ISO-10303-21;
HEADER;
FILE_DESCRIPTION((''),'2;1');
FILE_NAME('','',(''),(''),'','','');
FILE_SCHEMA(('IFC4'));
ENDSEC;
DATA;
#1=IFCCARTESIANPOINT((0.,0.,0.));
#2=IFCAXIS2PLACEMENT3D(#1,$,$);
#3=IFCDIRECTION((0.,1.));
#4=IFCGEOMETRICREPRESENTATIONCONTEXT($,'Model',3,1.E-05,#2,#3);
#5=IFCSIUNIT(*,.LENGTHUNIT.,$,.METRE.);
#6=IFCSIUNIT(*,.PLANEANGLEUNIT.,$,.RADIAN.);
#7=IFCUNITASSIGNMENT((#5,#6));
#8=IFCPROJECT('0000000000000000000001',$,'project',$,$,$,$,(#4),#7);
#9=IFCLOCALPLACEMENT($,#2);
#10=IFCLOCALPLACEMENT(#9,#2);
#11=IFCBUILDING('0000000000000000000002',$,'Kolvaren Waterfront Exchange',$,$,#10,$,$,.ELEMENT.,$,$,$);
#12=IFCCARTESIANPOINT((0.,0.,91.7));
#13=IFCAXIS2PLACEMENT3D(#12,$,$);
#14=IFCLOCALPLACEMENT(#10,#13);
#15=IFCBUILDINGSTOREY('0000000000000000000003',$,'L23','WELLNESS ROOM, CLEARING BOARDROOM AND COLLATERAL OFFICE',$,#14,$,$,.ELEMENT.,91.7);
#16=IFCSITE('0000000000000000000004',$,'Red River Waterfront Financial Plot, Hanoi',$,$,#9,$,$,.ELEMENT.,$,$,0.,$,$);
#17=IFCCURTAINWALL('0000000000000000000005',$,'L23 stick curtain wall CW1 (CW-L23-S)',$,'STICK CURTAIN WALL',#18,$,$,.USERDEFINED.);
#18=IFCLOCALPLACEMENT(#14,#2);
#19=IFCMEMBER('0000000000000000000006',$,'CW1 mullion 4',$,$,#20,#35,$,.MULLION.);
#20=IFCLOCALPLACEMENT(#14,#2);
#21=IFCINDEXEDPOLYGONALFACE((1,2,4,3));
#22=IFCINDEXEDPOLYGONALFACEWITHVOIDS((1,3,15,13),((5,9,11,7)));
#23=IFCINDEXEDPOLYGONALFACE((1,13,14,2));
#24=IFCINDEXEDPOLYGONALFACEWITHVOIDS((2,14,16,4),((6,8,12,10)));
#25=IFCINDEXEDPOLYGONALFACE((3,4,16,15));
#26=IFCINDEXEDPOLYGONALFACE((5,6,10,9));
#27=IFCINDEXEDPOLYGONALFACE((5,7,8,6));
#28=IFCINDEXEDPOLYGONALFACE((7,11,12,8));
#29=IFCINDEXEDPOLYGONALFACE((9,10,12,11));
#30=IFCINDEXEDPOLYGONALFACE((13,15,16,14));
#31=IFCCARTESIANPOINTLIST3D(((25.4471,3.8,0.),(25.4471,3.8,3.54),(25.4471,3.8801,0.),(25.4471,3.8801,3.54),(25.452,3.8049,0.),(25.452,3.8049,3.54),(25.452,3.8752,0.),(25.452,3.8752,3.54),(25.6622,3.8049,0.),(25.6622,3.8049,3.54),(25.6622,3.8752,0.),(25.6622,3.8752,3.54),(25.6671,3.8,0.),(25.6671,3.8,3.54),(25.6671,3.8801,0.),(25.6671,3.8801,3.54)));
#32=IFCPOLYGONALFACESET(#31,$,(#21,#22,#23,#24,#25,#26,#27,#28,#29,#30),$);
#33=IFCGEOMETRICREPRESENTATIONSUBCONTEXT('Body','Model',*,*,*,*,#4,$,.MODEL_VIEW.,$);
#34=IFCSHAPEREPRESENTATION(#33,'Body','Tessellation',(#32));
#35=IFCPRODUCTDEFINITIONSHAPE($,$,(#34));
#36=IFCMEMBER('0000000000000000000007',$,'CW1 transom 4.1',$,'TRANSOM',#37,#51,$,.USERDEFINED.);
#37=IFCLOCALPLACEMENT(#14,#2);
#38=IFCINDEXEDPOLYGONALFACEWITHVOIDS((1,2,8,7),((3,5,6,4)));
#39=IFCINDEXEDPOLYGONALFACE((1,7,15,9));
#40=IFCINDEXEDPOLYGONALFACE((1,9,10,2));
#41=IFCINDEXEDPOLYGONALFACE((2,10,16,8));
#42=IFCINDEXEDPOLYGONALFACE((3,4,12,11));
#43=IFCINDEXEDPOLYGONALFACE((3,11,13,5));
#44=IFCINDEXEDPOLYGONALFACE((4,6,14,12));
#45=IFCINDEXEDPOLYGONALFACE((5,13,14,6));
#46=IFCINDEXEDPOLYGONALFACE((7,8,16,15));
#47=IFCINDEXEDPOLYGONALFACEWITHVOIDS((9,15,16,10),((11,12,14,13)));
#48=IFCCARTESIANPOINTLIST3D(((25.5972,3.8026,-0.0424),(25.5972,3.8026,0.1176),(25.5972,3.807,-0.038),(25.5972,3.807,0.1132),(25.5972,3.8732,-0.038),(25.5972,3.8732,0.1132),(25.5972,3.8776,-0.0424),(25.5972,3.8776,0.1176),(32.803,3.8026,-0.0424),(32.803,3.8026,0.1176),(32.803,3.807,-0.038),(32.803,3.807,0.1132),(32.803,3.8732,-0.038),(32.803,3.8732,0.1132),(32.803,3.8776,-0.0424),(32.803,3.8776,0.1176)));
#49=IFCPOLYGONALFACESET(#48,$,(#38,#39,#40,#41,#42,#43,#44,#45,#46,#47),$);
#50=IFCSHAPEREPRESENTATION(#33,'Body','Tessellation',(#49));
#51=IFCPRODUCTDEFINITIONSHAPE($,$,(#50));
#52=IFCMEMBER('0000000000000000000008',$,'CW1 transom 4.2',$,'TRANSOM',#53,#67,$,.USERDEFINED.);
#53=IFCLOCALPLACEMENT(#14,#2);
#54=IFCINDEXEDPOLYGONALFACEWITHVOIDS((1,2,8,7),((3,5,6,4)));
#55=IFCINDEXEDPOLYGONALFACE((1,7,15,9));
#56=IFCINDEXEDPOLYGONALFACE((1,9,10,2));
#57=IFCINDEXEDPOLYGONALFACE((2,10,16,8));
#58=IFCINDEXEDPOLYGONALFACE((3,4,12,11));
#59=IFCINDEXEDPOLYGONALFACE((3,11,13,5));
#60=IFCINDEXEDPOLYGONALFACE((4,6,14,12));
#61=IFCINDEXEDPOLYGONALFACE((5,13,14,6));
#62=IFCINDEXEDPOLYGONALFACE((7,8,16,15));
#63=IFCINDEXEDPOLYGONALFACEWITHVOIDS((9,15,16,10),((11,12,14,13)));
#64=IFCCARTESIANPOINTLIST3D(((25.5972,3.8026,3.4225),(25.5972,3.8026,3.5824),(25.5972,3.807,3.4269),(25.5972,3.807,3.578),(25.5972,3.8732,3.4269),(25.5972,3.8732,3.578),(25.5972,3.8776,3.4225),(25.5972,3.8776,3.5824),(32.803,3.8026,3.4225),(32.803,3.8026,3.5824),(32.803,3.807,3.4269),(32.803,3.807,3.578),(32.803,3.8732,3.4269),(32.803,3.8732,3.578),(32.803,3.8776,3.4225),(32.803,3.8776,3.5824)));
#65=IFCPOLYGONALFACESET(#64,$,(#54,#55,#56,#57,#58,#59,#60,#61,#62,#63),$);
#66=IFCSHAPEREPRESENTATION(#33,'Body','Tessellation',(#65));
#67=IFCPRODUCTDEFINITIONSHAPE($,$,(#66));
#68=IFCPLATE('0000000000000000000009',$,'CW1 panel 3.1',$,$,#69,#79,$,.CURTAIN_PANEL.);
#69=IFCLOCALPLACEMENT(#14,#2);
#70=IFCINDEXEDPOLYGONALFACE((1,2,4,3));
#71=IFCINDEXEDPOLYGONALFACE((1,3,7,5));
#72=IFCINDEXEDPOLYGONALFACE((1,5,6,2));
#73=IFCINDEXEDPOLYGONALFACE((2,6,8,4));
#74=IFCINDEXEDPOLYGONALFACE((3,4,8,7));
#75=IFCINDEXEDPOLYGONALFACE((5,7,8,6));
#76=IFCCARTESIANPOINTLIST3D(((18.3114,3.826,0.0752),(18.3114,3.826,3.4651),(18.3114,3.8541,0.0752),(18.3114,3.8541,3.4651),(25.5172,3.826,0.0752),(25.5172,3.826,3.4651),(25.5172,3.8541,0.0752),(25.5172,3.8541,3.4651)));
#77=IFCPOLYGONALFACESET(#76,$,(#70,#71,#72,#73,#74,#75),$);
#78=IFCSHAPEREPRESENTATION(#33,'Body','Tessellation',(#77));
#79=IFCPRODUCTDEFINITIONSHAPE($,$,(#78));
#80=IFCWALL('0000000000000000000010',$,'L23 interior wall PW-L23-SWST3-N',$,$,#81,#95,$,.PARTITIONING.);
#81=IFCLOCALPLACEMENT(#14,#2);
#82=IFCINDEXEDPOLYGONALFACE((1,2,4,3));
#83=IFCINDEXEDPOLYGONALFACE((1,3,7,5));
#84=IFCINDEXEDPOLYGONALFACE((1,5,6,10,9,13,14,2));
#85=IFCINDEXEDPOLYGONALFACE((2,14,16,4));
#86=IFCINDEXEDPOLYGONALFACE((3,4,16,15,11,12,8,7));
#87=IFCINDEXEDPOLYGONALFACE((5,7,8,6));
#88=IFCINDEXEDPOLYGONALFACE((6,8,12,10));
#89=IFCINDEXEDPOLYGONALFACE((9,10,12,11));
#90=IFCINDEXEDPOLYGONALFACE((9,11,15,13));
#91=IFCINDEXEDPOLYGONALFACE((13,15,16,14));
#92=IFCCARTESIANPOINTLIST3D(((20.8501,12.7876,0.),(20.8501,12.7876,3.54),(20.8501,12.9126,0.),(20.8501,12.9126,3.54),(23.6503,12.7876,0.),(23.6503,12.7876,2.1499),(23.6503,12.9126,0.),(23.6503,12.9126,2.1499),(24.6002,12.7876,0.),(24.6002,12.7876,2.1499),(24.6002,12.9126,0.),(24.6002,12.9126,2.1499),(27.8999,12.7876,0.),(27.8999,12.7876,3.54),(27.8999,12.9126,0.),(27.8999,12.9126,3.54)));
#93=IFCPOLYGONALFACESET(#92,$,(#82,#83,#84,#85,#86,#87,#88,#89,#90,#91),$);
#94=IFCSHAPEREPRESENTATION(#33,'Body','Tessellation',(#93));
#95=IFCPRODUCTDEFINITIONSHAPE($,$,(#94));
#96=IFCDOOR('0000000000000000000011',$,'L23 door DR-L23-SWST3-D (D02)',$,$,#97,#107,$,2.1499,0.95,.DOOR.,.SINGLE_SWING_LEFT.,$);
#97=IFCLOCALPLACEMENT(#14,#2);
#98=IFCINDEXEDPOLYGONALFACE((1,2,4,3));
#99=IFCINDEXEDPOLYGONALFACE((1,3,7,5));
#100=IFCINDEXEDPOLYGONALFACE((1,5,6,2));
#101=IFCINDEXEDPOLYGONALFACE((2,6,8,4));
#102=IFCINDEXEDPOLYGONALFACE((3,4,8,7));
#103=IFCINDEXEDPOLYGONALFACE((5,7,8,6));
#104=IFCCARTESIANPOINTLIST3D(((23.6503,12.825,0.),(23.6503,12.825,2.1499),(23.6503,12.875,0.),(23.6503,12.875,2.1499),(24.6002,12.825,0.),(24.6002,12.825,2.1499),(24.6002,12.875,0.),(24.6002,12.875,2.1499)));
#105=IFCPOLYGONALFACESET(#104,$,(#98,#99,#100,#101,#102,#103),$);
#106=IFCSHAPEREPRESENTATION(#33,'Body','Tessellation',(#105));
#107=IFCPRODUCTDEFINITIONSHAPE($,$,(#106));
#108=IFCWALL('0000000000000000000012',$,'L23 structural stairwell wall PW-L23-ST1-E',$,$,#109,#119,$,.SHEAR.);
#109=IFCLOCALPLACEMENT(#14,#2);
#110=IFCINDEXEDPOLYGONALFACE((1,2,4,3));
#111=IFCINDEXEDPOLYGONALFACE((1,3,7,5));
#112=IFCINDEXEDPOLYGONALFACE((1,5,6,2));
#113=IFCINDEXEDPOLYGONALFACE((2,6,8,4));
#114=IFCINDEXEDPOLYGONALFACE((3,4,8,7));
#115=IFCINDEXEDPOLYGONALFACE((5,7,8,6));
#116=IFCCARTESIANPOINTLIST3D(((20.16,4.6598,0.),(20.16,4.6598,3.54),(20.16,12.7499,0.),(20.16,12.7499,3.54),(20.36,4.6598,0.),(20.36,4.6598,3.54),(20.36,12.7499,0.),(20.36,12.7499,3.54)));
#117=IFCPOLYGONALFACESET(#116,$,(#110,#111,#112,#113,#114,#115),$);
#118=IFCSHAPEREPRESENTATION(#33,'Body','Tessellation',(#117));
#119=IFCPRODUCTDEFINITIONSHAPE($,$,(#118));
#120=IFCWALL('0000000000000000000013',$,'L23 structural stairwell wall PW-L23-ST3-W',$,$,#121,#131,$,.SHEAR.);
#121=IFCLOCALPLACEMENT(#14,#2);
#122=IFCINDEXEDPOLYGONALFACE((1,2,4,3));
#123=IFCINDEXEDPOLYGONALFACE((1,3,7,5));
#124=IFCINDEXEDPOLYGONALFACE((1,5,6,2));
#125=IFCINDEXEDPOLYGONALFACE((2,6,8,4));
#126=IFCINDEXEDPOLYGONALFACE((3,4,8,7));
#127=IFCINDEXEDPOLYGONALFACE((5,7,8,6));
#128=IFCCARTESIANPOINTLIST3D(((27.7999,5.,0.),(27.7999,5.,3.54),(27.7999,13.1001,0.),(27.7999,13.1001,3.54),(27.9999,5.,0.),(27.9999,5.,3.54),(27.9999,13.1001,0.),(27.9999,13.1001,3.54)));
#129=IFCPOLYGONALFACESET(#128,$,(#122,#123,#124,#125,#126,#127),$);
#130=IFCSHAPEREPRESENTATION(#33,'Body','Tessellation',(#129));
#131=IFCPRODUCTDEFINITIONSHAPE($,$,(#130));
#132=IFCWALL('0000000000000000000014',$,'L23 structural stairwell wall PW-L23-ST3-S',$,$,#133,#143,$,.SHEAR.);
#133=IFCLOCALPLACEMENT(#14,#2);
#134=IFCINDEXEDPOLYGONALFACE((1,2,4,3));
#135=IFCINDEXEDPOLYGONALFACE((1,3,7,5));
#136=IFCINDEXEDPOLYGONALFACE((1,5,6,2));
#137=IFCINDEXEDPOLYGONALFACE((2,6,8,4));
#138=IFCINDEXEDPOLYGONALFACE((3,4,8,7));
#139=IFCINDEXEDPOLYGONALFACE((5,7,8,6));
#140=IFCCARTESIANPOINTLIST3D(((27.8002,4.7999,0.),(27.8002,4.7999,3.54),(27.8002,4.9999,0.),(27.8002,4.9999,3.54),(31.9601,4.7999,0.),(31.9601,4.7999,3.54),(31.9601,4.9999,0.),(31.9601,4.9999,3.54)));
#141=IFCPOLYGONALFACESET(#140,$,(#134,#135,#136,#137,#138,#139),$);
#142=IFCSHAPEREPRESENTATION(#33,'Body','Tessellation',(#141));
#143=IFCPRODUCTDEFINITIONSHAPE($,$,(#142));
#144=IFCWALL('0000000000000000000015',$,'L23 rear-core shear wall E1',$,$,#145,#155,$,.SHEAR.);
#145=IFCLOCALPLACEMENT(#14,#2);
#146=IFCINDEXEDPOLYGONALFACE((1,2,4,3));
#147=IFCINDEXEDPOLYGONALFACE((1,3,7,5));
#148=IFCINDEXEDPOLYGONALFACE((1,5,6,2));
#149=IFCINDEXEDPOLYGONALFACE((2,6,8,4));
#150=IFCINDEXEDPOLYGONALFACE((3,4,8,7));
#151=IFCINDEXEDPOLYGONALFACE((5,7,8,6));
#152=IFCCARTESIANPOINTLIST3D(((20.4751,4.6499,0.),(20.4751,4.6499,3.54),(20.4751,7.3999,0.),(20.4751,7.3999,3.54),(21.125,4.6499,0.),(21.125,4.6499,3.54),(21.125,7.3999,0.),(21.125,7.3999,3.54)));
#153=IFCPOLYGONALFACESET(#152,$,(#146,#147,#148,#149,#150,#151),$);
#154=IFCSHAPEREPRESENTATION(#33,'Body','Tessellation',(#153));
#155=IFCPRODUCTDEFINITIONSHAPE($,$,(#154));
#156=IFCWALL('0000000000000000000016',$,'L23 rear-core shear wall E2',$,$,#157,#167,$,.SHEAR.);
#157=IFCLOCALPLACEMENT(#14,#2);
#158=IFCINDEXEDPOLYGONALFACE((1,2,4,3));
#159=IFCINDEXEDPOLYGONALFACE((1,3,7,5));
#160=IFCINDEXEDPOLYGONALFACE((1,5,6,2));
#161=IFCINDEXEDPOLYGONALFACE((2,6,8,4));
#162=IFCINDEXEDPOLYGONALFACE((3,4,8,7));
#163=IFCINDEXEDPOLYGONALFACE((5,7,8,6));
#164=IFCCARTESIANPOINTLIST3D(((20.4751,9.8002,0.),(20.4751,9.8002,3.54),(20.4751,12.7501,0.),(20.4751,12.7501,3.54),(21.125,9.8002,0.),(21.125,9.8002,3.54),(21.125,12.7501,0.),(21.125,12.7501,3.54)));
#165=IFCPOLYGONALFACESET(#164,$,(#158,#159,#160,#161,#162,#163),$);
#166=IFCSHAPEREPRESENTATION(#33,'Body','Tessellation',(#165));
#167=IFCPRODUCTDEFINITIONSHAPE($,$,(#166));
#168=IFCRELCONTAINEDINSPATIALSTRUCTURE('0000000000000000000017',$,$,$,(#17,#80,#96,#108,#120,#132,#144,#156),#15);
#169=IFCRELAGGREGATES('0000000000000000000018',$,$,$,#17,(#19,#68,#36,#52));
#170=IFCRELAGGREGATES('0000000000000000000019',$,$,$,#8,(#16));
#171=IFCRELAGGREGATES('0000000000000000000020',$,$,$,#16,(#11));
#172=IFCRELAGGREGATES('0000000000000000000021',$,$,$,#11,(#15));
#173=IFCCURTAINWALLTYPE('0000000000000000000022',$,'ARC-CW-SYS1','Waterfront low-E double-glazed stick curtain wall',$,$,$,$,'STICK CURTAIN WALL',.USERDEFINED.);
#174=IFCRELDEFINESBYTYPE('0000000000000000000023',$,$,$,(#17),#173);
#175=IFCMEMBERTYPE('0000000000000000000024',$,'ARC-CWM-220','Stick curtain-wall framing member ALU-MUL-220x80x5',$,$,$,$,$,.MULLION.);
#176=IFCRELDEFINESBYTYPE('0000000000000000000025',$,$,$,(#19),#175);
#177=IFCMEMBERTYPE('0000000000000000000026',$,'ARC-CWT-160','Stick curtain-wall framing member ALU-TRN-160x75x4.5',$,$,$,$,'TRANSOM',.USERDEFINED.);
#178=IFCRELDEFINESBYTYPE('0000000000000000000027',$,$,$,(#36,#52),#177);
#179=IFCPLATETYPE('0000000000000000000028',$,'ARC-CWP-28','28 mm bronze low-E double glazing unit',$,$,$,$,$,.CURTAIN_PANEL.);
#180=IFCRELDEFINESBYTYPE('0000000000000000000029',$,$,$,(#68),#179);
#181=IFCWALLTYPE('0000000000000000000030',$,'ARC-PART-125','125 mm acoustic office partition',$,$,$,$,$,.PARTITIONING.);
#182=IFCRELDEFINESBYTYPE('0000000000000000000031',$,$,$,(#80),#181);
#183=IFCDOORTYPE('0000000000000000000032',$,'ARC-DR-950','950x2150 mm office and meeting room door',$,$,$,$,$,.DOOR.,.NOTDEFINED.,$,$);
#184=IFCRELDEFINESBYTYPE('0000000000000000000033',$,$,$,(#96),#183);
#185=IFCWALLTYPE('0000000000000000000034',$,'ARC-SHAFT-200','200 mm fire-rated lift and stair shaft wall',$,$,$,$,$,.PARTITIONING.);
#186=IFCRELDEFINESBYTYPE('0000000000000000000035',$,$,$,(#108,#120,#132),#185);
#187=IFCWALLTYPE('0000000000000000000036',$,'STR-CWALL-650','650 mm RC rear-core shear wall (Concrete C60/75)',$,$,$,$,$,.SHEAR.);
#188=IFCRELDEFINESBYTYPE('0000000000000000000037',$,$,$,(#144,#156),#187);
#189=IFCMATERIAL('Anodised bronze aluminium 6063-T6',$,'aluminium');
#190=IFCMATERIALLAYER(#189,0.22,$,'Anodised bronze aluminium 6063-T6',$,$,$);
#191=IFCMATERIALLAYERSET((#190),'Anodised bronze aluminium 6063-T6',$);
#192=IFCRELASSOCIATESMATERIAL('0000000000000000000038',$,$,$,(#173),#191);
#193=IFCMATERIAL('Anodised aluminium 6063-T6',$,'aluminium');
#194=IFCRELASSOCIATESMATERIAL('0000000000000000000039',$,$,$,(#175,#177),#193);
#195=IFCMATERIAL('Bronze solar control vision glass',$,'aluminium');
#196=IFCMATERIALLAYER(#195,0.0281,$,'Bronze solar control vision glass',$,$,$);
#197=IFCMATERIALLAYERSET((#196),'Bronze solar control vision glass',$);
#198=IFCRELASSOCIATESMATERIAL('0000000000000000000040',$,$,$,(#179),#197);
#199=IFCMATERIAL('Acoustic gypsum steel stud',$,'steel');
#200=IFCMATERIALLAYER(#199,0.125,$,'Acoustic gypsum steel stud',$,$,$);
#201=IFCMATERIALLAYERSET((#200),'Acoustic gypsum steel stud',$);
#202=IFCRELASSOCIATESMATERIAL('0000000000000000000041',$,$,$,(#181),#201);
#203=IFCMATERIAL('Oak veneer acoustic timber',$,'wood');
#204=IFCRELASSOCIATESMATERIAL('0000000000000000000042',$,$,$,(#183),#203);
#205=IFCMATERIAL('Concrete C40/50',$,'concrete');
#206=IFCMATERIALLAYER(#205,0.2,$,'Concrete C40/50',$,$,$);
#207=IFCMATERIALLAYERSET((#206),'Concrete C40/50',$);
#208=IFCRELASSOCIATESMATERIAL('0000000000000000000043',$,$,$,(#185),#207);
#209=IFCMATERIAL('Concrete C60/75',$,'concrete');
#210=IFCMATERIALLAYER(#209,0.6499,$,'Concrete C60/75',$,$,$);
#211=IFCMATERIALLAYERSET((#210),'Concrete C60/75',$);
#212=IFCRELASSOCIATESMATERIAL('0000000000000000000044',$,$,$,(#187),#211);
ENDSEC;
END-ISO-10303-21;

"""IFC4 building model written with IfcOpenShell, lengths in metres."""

from ifc_helpers import new_model, si_unit, direction, frame, frame_2d, origin, origin_with_axes, origin_2d, place, context, subcontext, project, spatial, rectangle, hollow_rectangle, extrude, source, transform, mapped, material, layer, layer_set, material_profile, profile_set, type_object, element, fill, aggregate, save


model = new_model("IFC4")

# Units and contexts
model_context = context("Model", 3, precision=1e-05, world=origin(), true_north=direction((0.0, 1.0)))
body_context = subcontext(model_context, "Body", "Model", "MODEL_VIEW")
ifc_project = project(units=[si_unit("LENGTHUNIT", "METRE"), si_unit("PLANEANGLEUNIT", "RADIAN")], contexts=[model_context])

# Site, building, storey
site_placement = place(None, origin())
site = spatial("IfcSite", under=ifc_project, at=site_placement, Name="Red River Waterfront Financial Plot, Hanoi", CompositionType="ELEMENT", RefElevation=0.0)
building_placement = place(site_placement, origin())
building = spatial("IfcBuilding", under=site, at=building_placement, Name="Kolvaren Waterfront Exchange", CompositionType="ELEMENT")
storey_placement = place(building_placement, frame((0.0, 0.0, 91.7)))
storey = spatial("IfcBuildingStorey", under=building, at=storey_placement, Name="L23", Description="WELLNESS ROOM, CLEARING BOARDROOM AND COLLATERAL OFFICE", CompositionType="ELEMENT", Elevation=91.7)

# Shared definitions
ifc_material_1 = material(Name="Concrete C60/75", Category="concrete")

# Shared definitions
ifc_material_2 = material(Name="Anodised bronze aluminium 6063-T6", Category="aluminium")

# Curtain wall, members, plate
ifc_layer_1 = layer(ifc_material_2, 0.22, Name="Anodised bronze aluminium 6063-T6")
ifc_layer_set_1 = layer_set([ifc_layer_1], Name="Anodised bronze aluminium 6063-T6")
curtain_wall_type_1 = type_object("IfcCurtainWallType", Name="ARC-CW-SYS1", Description="Waterfront low-E double-glazed stick curtain wall", ElementType="STICK CURTAIN WALL", PredefinedType="USERDEFINED", material=ifc_layer_set_1)
curtain_wall_1_placement = place(storey_placement, origin())
curtain_wall_1 = element("IfcCurtainWall", 1, at=curtain_wall_1_placement, inside=storey, type_object=curtain_wall_type_1, Name="L23 stick curtain wall CW1 (CW-L23-S)", ObjectType="STICK CURTAIN WALL", PredefinedType="USERDEFINED")
ifc_material_3 = material(Name="Anodised aluminium 6063-T6", Category="aluminium")
ifc_material_profile_1 = material_profile(ifc_material_3, hollow_rectangle(XDim=0.0801, YDim=0.22, WallThickness=0.0049, at=origin_2d()), Name="ALU-MUL-220x80x5")
ifc_profile_set_1 = profile_set([ifc_material_profile_1], Name="Anodised aluminium 6063-T6")
member_type_1 = type_object("IfcMemberType", Name="ARC-CWM-220", Description="Stick curtain-wall framing member ALU-MUL-220x80x5", PredefinedType="MULLION", material=ifc_profile_set_1)
shared_shape_1 = source(origin_with_axes(), body_context, "Body", "SweptSolid", [
    extrude(hollow_rectangle(XDim=0.0801, YDim=0.22, WallThickness=0.0049, at=origin_2d()), origin(), (0.0, 0.0, 1.0), 3.54),
])
member_1_placement = place(storey_placement, frame((25.5571, 3.8401, 0.0), z_axis=(0.0, 0.0, 1.0), x_axis=(0.0, 1.0, 0.0)))
member_1 = element("IfcMember", 2, at=member_1_placement, type_object=member_type_1, Name="CW1 mullion 4", PredefinedType="MULLION", context=body_context, shape_type="MappedRepresentation", body=[
    mapped(shared_shape_1, transform((0.0, 0.0, 0.0), x_axis=(1.0, 0.0, 0.0), y_axis=(0.0, 1.0, 0.0), z_axis=(0.0, 0.0, 1.0), scale=1.0)),
])
ifc_material_profile_2 = material_profile(ifc_material_3, hollow_rectangle(XDim=0.075, YDim=0.1599, WallThickness=0.0044, at=origin_2d()), Name="ALU-TRN-160x75x4.5")
ifc_profile_set_2 = profile_set([ifc_material_profile_2], Name="Anodised aluminium 6063-T6")
member_type_2 = type_object("IfcMemberType", Name="ARC-CWT-160", Description="Stick curtain-wall framing member ALU-TRN-160x75x4.5", ElementType="TRANSOM", PredefinedType="USERDEFINED", material=ifc_profile_set_2)
shared_shape_2 = source(origin_with_axes(), body_context, "Body", "SweptSolid", [
    extrude(hollow_rectangle(XDim=0.075, YDim=0.1599, WallThickness=0.0044, at=origin_2d()), origin(), (0.0, 0.0, 1.0), 7.2058),
])
member_2_placement = place(storey_placement, frame((25.5972, 3.8401, 0.0376), z_axis=(1.0, 0.0, 0.0), x_axis=(0.0, 1.0, 0.0)))
member_2 = element("IfcMember", 3, at=member_2_placement, type_object=member_type_2, Name="CW1 transom 4.1", ObjectType="TRANSOM", PredefinedType="USERDEFINED", context=body_context, shape_type="MappedRepresentation", body=[
    mapped(shared_shape_2, transform((0.0, 0.0, 0.0), x_axis=(1.0, 0.0, 0.0), y_axis=(0.0, 1.0, 0.0), z_axis=(0.0, 0.0, 1.0), scale=1.0)),
])
member_3_placement = place(storey_placement, frame((25.5972, 3.8401, 3.5024), z_axis=(1.0, 0.0, 0.0), x_axis=(0.0, 1.0, 0.0)))
member_3 = element("IfcMember", 4, at=member_3_placement, type_object=member_type_2, Name="CW1 transom 4.2", ObjectType="TRANSOM", PredefinedType="USERDEFINED", context=body_context, shape_type="MappedRepresentation", body=[
    mapped(shared_shape_2, transform((0.0, 0.0, 0.0), x_axis=(1.0, 0.0, 0.0), y_axis=(0.0, 1.0, 0.0), z_axis=(0.0, 0.0, 1.0), scale=1.0)),
])
ifc_material_4 = material(Name="Bronze solar control vision glass", Category="aluminium")
ifc_layer_2 = layer(ifc_material_4, 0.0281, Name="Bronze solar control vision glass")
ifc_layer_set_2 = layer_set([ifc_layer_2], Name="Bronze solar control vision glass")
plate_type = type_object("IfcPlateType", Name="ARC-CWP-28", Description="28 mm bronze low-E double glazing unit", PredefinedType="CURTAIN_PANEL", material=ifc_layer_set_2)
shared_shape_3 = source(origin_with_axes(), body_context, "Body", "SweptSolid", [
    extrude(rectangle(XDim=7.2058, YDim=0.0281, at=origin_2d()), origin(), (0.0, 0.0, 1.0), 3.3899),
])
plate_placement = place(storey_placement, frame((21.9143, 3.8401, 0.0752), z_axis=(0.0, 0.0, 1.0), x_axis=(1.0, 0.0, 0.0)))
plate = element("IfcPlate", 5, at=plate_placement, type_object=plate_type, Name="CW1 panel 3.1", PredefinedType="CURTAIN_PANEL", context=body_context, shape_type="MappedRepresentation", body=[
    mapped(shared_shape_3, transform((0.0, 0.0, 0.0), x_axis=(1.0, 0.0, 0.0), y_axis=(0.0, 1.0, 0.0), z_axis=(0.0, 0.0, 1.0), scale=1.0)),
])
aggregate(curtain_wall_1, [member_1, plate, member_2, member_3])

# Wall, opening, door
ifc_material_5 = material(Name="Acoustic gypsum steel stud", Category="steel")
ifc_layer_3 = layer(ifc_material_5, 0.125, Name="Acoustic gypsum steel stud")
ifc_layer_set_3 = layer_set([ifc_layer_3], Name="Acoustic gypsum steel stud")
wall_type_1 = type_object("IfcWallType", Name="ARC-PART-125", Description="125 mm acoustic office partition", PredefinedType="PARTITIONING", material=ifc_layer_set_3)
wall_1_placement = place(storey_placement, frame((20.8501, 12.8501, 0.0), z_axis=(0.0, 0.0, 1.0), x_axis=(1.0, 0.0, 0.0)))
wall_1 = element("IfcWall", 6, at=wall_1_placement, inside=storey, type_object=wall_type_1, Name="L23 interior wall PW-L23-SWST3-N", PredefinedType="PARTITIONING", context=body_context, shape_type="SweptSolid", body=[
    extrude(rectangle(XDim=7.0498, YDim=0.125, at=frame_2d((3.5249, 0.0))), origin(), (0.0, 0.0, 1.0), 3.54),
])
opening_placement = place(wall_1_placement, frame((2.8, 0.0, 0.0)))
opening = element("IfcOpeningElement", 7, at=opening_placement, cuts=wall_1, PredefinedType="OPENING", context=body_context, shape_type="SweptSolid", body=[
    extrude(rectangle(XDim=0.95, YDim=2.1499, at=frame_2d((0.4751, 1.075))), frame((0.0, 0.0725, 0.0), z_axis=(0.0, -1.0, 0.0), x_axis=(1.0, 0.0, 0.0)), (0.0, 0.0, 1.0), 0.145),
])
ifc_material_6 = material(Name="Oak veneer acoustic timber", Category="wood")
door_type = type_object("IfcDoorType", Name="ARC-DR-950", Description="950x2150 mm office and meeting room door", OperationType="NOTDEFINED", PredefinedType="DOOR", material=ifc_material_6)
door_placement = place(opening_placement, origin())
door = element("IfcDoor", 8, at=door_placement, inside=storey, type_object=door_type, Name="L23 door DR-L23-SWST3-D (D02)", OperationType="SINGLE_SWING_LEFT", OverallHeight=2.1499, OverallWidth=0.95, PredefinedType="DOOR", context=body_context, shape_type="SweptSolid", body=[
    extrude(rectangle(XDim=0.95, YDim=2.1499, at=frame_2d((0.4751, 1.075))), frame((0.0, 0.0249, 0.0), z_axis=(0.0, -1.0, 0.0), x_axis=(1.0, 0.0, 0.0)), (0.0, 0.0, 1.0), 0.05),
])
fill(opening, door)

# Walls
ifc_material_7 = material(Name="Concrete C40/50", Category="concrete")
ifc_layer_4 = layer(ifc_material_7, 0.2, Name="Concrete C40/50")
ifc_layer_set_4 = layer_set([ifc_layer_4], Name="Concrete C40/50")
wall_type_2 = type_object("IfcWallType", Name="ARC-SHAFT-200", Description="200 mm fire-rated lift and stair shaft wall", PredefinedType="PARTITIONING", material=ifc_layer_set_4)
wall_2_placement = place(storey_placement, frame((20.26, 4.6599, 0.0), z_axis=(0.0, 0.0, 1.0), x_axis=(0.0, 1.0, 0.0)))
element("IfcWall", 9, at=wall_2_placement, inside=storey, type_object=wall_type_2, Name="L23 structural stairwell wall PW-L23-ST1-E", PredefinedType="SHEAR", context=body_context, shape_type="SweptSolid", body=[
    extrude(rectangle(XDim=8.0901, YDim=0.2, at=frame_2d((4.0449, 0.0))), origin(), (0.0, 0.0, 1.0), 3.54),
])
wall_3_placement = place(storey_placement, frame((27.8999, 5.0, 0.0), z_axis=(0.0, 0.0, 1.0), x_axis=(0.0, 1.0, 0.0)))
element("IfcWall", 10, at=wall_3_placement, inside=storey, type_object=wall_type_2, Name="L23 structural stairwell wall PW-L23-ST3-W", PredefinedType="SHEAR", context=body_context, shape_type="SweptSolid", body=[
    extrude(rectangle(XDim=8.1001, YDim=0.2, at=frame_2d((4.05, 0.0))), origin(), (0.0, 0.0, 1.0), 3.54),
])
wall_4_placement = place(storey_placement, frame((27.8, 4.8999, 0.0), z_axis=(0.0, 0.0, 1.0), x_axis=(1.0, 0.0, 0.0)))
element("IfcWall", 11, at=wall_4_placement, inside=storey, type_object=wall_type_2, Name="L23 structural stairwell wall PW-L23-ST3-S", PredefinedType="SHEAR", context=body_context, shape_type="SweptSolid", body=[
    extrude(rectangle(XDim=4.1599, YDim=0.2, at=frame_2d((2.0801, 0.0))), origin(), (0.0, 0.0, 1.0), 3.54),
])
ifc_layer_5 = layer(ifc_material_1, 0.6499, Name="Concrete C60/75")
ifc_layer_set_5 = layer_set([ifc_layer_5], Name="Concrete C60/75")
wall_type_3 = type_object("IfcWallType", Name="STR-CWALL-650", Description="650 mm RC rear-core shear wall (Concrete C60/75)", PredefinedType="SHEAR", material=ifc_layer_set_5)
wall_5_placement = place(storey_placement, frame((20.8, 4.6499, 0.0), z_axis=(0.0, 0.0, 1.0), x_axis=(0.0, 1.0, 0.0)))
element("IfcWall", 12, at=wall_5_placement, inside=storey, type_object=wall_type_3, Name="L23 rear-core shear wall E1", PredefinedType="SHEAR", context=body_context, shape_type="SweptSolid", body=[
    extrude(rectangle(XDim=2.75, YDim=0.6499, at=frame_2d((1.375, 0.0))), origin(), (0.0, 0.0, 1.0), 3.54),
])
wall_6_placement = place(storey_placement, frame((20.8, 9.8, 0.0), z_axis=(0.0, 0.0, 1.0), x_axis=(0.0, 1.0, 0.0)))
element("IfcWall", 13, at=wall_6_placement, inside=storey, type_object=wall_type_3, Name="L23 rear-core shear wall E2", PredefinedType="SHEAR", context=body_context, shape_type="SweptSolid", body=[
    extrude(rectangle(XDim=2.95, YDim=0.6499, at=frame_2d((1.4751, 0.0))), origin(), (0.0, 0.0, 1.0), 3.54),
])

save(model, "model.ifc")
